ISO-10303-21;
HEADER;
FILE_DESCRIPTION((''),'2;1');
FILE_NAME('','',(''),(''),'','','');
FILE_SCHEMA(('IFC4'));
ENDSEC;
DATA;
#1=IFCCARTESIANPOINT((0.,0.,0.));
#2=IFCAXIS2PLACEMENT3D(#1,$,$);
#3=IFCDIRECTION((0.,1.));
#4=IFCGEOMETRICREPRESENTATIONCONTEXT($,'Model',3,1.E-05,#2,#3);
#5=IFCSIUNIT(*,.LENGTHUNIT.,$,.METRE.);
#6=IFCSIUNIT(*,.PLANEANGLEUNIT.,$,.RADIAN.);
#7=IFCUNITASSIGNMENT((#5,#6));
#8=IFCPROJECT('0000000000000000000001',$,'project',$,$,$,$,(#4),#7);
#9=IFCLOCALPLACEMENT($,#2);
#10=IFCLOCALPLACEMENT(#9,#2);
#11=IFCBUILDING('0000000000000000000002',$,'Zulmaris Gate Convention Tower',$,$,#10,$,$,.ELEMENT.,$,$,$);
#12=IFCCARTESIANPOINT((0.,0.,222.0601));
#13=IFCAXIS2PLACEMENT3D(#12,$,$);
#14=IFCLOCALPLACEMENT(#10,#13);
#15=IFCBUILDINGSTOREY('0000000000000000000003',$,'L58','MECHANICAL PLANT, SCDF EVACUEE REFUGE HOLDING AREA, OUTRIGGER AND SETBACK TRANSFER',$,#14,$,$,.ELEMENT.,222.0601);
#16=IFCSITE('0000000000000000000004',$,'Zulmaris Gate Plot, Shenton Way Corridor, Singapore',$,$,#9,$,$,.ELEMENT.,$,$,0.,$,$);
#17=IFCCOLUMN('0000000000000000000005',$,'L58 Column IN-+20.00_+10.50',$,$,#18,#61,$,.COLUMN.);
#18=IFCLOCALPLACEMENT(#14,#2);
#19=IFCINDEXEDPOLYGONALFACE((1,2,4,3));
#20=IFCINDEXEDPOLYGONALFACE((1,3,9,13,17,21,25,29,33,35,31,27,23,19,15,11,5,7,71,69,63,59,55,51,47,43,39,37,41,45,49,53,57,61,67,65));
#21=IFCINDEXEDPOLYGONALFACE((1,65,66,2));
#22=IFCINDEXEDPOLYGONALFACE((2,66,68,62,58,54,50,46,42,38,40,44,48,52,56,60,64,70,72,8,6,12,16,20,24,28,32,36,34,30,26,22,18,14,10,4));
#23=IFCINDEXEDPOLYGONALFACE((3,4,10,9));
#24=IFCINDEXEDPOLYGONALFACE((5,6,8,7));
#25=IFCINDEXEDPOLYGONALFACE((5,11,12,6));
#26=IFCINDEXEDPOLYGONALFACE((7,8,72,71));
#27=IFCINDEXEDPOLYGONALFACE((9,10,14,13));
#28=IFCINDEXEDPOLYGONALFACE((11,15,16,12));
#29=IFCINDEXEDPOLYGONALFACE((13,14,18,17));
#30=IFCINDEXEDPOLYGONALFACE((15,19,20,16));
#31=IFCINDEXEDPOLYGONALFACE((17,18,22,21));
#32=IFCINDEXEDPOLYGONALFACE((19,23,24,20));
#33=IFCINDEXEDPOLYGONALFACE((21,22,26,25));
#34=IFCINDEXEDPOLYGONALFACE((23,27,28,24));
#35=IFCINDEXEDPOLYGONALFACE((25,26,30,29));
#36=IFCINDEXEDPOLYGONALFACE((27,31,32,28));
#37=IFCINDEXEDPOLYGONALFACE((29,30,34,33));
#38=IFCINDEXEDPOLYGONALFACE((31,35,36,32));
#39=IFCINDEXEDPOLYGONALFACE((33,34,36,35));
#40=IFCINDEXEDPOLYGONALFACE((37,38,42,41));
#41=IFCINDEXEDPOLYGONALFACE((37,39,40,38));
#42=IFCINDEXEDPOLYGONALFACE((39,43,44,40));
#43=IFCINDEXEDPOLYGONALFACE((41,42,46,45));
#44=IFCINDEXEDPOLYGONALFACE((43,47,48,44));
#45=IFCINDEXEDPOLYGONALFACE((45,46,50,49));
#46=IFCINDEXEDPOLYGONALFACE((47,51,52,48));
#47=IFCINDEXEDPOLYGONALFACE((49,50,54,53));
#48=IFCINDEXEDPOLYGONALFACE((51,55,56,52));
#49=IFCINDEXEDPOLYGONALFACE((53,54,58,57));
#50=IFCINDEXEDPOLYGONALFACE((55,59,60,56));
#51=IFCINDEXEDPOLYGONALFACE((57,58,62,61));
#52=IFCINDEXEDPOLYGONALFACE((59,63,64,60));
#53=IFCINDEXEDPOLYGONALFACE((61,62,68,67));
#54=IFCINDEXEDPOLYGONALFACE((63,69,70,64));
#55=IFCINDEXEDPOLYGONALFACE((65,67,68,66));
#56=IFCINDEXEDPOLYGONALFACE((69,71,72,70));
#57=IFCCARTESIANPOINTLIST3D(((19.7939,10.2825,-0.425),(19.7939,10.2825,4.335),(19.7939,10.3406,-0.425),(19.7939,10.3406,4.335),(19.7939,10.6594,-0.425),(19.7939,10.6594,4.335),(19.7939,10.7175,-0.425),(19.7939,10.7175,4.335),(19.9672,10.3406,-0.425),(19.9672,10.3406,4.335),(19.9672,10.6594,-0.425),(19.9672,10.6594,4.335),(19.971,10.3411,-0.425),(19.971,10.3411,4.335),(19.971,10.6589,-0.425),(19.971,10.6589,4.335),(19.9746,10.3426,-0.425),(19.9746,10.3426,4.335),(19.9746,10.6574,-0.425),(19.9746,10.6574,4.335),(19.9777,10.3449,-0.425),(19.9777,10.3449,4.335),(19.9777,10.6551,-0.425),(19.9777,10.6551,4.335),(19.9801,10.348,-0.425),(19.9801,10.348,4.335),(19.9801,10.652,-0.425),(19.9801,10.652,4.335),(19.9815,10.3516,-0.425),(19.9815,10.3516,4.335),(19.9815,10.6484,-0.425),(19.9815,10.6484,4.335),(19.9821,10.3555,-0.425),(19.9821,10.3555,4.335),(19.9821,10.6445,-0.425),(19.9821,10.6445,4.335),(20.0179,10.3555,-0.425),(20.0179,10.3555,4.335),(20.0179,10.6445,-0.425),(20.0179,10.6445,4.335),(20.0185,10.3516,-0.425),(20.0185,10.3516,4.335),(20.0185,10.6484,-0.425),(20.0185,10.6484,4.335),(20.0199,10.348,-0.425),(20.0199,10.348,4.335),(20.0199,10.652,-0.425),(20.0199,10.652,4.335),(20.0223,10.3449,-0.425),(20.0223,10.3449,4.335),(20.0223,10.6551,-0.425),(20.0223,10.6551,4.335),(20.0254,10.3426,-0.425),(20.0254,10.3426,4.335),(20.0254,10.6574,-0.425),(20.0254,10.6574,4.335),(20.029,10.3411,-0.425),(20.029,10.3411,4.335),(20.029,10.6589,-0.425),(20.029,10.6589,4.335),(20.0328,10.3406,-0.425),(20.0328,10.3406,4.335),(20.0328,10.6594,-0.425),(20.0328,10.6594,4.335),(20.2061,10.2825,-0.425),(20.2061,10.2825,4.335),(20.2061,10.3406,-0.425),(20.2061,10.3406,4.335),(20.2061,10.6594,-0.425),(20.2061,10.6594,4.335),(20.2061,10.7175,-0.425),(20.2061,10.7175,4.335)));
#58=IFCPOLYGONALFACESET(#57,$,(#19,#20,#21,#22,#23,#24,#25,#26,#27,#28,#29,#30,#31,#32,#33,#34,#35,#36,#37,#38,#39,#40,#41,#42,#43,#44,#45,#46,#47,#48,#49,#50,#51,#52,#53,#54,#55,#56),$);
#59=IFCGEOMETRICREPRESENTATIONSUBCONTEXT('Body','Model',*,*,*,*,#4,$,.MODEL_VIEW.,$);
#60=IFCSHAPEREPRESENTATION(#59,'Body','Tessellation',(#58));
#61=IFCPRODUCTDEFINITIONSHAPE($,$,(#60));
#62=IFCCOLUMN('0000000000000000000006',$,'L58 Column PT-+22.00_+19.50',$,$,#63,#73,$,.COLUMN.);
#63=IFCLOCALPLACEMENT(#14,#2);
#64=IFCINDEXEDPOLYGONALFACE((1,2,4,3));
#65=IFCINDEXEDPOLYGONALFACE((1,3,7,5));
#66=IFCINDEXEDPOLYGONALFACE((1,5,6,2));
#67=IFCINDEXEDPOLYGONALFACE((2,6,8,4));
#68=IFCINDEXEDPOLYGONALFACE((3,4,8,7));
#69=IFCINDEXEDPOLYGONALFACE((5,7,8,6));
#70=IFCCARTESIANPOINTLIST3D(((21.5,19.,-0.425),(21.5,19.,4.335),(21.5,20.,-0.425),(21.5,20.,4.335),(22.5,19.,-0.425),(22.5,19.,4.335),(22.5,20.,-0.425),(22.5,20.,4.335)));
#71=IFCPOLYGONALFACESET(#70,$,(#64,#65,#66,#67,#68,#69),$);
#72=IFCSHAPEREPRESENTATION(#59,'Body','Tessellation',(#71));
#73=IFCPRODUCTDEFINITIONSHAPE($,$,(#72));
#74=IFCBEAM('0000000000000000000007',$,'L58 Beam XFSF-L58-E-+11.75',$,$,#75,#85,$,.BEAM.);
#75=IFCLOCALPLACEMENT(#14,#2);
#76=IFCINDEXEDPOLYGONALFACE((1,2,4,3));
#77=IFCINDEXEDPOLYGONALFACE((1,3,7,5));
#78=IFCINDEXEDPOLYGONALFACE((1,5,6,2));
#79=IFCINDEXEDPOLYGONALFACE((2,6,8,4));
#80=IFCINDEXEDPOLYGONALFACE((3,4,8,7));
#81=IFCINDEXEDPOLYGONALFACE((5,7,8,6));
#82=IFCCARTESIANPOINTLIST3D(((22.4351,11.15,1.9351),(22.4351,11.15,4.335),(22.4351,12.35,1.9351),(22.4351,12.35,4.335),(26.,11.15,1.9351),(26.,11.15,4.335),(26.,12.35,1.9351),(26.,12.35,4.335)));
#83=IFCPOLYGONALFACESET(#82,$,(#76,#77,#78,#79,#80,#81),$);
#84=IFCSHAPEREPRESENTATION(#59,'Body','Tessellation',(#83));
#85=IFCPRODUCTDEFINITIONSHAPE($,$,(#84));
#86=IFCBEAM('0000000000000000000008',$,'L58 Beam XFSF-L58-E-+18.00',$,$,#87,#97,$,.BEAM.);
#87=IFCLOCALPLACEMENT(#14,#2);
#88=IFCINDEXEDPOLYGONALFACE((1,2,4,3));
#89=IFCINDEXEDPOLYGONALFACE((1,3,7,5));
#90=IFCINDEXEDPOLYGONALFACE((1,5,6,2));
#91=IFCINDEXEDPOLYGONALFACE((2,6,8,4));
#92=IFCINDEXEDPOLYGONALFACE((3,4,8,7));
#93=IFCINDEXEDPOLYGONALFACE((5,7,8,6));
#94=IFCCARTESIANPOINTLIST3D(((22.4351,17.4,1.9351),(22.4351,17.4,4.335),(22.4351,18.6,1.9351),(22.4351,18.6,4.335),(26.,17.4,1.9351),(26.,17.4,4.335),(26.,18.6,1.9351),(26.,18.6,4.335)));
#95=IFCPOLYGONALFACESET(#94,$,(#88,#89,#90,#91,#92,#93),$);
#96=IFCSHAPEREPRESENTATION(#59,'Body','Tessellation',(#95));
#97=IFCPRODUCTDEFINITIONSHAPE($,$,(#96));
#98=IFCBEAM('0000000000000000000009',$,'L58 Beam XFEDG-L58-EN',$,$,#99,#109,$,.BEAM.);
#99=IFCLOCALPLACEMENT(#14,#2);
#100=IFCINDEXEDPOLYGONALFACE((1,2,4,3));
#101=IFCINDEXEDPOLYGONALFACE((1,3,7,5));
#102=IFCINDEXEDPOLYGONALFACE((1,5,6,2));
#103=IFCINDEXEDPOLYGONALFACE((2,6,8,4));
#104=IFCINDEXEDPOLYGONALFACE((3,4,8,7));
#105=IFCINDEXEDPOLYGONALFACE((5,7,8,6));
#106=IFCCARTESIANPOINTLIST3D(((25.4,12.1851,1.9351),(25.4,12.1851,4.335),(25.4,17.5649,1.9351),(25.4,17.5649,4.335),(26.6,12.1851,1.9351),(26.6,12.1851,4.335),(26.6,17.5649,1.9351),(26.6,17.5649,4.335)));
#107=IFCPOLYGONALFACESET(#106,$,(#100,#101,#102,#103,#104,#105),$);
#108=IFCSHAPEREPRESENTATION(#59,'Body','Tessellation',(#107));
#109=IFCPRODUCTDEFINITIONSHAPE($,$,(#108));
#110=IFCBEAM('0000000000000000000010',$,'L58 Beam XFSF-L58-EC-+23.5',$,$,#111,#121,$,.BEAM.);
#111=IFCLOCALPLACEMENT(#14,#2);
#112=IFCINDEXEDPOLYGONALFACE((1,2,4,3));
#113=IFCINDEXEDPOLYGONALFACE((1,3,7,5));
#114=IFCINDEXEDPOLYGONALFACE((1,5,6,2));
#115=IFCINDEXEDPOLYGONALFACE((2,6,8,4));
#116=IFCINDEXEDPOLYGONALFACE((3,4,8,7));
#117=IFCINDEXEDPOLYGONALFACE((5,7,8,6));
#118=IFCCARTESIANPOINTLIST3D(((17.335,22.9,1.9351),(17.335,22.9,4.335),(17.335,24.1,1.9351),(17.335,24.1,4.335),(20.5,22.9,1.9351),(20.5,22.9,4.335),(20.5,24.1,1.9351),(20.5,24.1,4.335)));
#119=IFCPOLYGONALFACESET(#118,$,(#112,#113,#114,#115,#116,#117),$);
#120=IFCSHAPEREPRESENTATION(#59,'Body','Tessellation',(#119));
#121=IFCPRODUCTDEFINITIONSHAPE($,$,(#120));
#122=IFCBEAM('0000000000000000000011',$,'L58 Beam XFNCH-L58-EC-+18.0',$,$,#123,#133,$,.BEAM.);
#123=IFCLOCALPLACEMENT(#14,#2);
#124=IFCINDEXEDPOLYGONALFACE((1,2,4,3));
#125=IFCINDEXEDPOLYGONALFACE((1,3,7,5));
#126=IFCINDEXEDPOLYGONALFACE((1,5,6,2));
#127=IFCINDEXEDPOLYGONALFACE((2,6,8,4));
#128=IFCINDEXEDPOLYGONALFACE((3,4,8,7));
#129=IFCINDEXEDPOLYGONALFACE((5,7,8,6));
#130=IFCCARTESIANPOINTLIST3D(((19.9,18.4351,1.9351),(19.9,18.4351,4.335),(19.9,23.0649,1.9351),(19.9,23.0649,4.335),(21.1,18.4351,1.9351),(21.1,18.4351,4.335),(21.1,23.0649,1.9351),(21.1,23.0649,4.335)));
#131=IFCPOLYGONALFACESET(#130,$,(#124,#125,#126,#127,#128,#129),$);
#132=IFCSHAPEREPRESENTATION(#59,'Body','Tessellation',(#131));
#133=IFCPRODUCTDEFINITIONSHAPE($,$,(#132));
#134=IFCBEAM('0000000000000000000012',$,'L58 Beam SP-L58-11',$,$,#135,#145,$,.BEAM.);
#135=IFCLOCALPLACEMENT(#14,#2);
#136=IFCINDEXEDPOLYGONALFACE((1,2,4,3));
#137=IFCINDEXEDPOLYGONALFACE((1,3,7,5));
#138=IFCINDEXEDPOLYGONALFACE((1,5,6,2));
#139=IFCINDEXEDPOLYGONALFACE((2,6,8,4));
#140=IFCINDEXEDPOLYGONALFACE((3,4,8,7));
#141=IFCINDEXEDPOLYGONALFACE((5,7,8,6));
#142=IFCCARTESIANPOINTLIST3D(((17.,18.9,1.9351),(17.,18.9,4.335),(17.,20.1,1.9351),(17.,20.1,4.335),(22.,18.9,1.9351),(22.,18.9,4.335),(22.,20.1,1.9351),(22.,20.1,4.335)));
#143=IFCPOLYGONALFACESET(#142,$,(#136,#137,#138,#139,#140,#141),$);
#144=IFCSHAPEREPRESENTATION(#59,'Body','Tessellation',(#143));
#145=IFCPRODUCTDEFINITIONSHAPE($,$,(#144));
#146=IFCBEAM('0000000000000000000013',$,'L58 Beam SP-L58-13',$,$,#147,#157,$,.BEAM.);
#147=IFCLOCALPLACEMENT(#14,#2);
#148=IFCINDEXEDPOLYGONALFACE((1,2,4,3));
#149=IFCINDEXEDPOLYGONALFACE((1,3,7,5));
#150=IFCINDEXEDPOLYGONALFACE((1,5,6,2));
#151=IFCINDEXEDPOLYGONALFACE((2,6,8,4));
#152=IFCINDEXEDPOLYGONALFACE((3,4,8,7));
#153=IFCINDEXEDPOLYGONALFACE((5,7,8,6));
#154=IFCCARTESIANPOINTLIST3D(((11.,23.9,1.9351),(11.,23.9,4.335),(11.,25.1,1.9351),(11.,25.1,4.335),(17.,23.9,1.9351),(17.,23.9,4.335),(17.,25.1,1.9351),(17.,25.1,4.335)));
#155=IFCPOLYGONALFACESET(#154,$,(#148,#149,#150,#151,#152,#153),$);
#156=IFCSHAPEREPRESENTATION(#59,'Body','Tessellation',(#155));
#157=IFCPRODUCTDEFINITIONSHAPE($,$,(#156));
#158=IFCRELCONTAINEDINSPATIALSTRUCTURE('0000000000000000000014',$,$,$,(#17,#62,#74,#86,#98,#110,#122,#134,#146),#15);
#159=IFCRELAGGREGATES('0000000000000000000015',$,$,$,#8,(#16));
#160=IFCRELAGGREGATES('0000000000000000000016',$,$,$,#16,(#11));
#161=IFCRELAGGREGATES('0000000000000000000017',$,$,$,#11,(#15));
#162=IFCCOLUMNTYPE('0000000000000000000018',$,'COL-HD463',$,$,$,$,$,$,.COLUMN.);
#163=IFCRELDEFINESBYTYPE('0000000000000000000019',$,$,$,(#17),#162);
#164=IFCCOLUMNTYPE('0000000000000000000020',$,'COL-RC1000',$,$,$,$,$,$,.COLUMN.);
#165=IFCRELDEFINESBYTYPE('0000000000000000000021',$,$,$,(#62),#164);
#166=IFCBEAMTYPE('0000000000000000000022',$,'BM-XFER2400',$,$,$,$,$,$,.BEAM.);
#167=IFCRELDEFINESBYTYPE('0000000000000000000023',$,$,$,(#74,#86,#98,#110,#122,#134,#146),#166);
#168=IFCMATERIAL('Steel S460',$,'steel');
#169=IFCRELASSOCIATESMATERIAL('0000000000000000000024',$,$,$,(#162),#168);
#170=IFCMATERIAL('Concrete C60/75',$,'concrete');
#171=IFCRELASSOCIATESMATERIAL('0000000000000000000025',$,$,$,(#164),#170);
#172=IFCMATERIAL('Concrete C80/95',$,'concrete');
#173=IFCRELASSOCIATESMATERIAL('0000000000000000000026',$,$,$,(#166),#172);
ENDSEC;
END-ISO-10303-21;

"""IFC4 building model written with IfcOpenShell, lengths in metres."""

from ifc_helpers import new_model, si_unit, direction, frame, origin, origin_2d, place, context, subcontext, project, spatial, rectangle, i_section, extrude, material, material_profile, profile_set, type_object, element, save


model = new_model("IFC4")

# Units and contexts
model_context = context("Model", 3, precision=1e-05, world=origin(), true_north=direction((0.0, 1.0)))
body_context = subcontext(model_context, "Body", "Model", "MODEL_VIEW")
ifc_project = project(units=[si_unit("LENGTHUNIT", "METRE"), si_unit("PLANEANGLEUNIT", "RADIAN")], contexts=[model_context])

# Site, building, storey
site_placement = place(None, origin())
site = spatial("IfcSite", under=ifc_project, at=site_placement, Name="Zulmaris Gate Plot, Shenton Way Corridor, Singapore", CompositionType="ELEMENT", RefElevation=0.0)
building_placement = place(site_placement, origin())
building = spatial("IfcBuilding", under=site, at=building_placement, Name="Zulmaris Gate Convention Tower", CompositionType="ELEMENT")
storey_placement = place(building_placement, frame((0.0, 0.0, 222.0601)))
storey = spatial("IfcBuildingStorey", under=building, at=storey_placement, Name="L58", Description="MECHANICAL PLANT, SCDF EVACUEE REFUGE HOLDING AREA, OUTRIGGER AND SETBACK TRANSFER", CompositionType="ELEMENT", Elevation=222.0601)

# Columns
ifc_material_1 = material(Name="Steel S460", Category="steel")
ifc_material_profile_1 = material_profile(ifc_material_1, i_section(OverallWidth=0.4121, OverallDepth=0.4351, WebThickness=0.0359, FlangeThickness=0.0581, FilletRadius=0.0149, at=origin_2d()), Name="HD 400x463")
ifc_profile_set_1 = profile_set([ifc_material_profile_1], Name="Steel S460")
column_type_1 = type_object("IfcColumnType", Name="COL-HD463", PredefinedType="COLUMN", material=ifc_profile_set_1)
column_1_placement = place(storey_placement, frame((20.0, 10.5, -0.425), z_axis=(0.0, 0.0, 1.0), x_axis=(1.0, 0.0, 0.0)))
element("IfcColumn", 1, at=column_1_placement, inside=storey, type_object=column_type_1, Name="L58 Column IN-+20.00_+10.50", PredefinedType="COLUMN", context=body_context, shape_type="SweptSolid", body=[
    extrude(i_section(OverallWidth=0.4121, OverallDepth=0.4351, WebThickness=0.0359, FlangeThickness=0.0581, FilletRadius=0.0149, at=origin_2d()), origin(), (0.0, 0.0, 1.0), 4.76),
])
ifc_material_2 = material(Name="Concrete C60/75", Category="concrete")
ifc_material_profile_2 = material_profile(ifc_material_2, rectangle(XDim=1.0, YDim=1.0, at=origin_2d()), Name="RC COL 1000x1000")
ifc_profile_set_2 = profile_set([ifc_material_profile_2], Name="Concrete C60/75")
column_type_2 = type_object("IfcColumnType", Name="COL-RC1000", PredefinedType="COLUMN", material=ifc_profile_set_2)
column_2_placement = place(storey_placement, frame((22.0, 19.5, -0.425), z_axis=(0.0, 0.0, 1.0), x_axis=(1.0, 0.0, 0.0)))
element("IfcColumn", 2, at=column_2_placement, inside=storey, type_object=column_type_2, Name="L58 Column PT-+22.00_+19.50", PredefinedType="COLUMN", context=body_context, shape_type="SweptSolid", body=[
    extrude(rectangle(XDim=1.0, YDim=1.0, at=origin_2d()), origin(), (0.0, 0.0, 1.0), 4.76),
])

# Beams
ifc_material_3 = material(Name="Concrete C80/95", Category="concrete")
ifc_material_profile_3 = material_profile(ifc_material_3, rectangle(XDim=1.2, YDim=2.3999, at=origin_2d()), Name="RC TRANSFER 1200x2400")
ifc_profile_set_3 = profile_set([ifc_material_profile_3], Name="Concrete C80/95")
beam_type = type_object("IfcBeamType", Name="BM-XFER2400", PredefinedType="BEAM", material=ifc_profile_set_3)
for number, where, z_axis, x_axis, name in (
    (3, (22.4351, 11.75, 3.135), (1.0, 0.0, 0.0), (0.0, 1.0, 0.0), "L58 Beam XFSF-L58-E-+11.75"),
    (4, (22.4351, 18.0, 3.135), (1.0, 0.0, 0.0), (0.0, 1.0, 0.0), "L58 Beam XFSF-L58-E-+18.00"),
):
    element("IfcBeam", number, at=place(storey_placement, frame(where, z_axis=z_axis, x_axis=x_axis)), inside=storey, type_object=beam_type, Name=name, PredefinedType="BEAM", context=body_context, shape_type="SweptSolid", body=[
        extrude(rectangle(XDim=1.2, YDim=2.3999, at=origin_2d()), origin(), (0.0, 0.0, 1.0), 3.5649),
    ])
beam_1_placement = place(storey_placement, frame((26.0, 12.1851, 3.135), z_axis=(0.0, 1.0, 0.0), x_axis=(-1.0, 0.0, 0.0)))
element("IfcBeam", 5, at=beam_1_placement, inside=storey, type_object=beam_type, Name="L58 Beam XFEDG-L58-EN", PredefinedType="BEAM", context=body_context, shape_type="SweptSolid", body=[
    extrude(rectangle(XDim=1.2, YDim=2.3999, at=origin_2d()), origin(), (0.0, 0.0, 1.0), 5.3799),
])
beam_2_placement = place(storey_placement, frame((17.335, 23.5, 3.135), z_axis=(1.0, 0.0, 0.0), x_axis=(0.0, 1.0, 0.0)))
element("IfcBeam", 6, at=beam_2_placement, inside=storey, type_object=beam_type, Name="L58 Beam XFSF-L58-EC-+23.5", PredefinedType="BEAM", context=body_context, shape_type="SweptSolid", body=[
    extrude(rectangle(XDim=1.2, YDim=2.3999, at=origin_2d()), origin(), (0.0, 0.0, 1.0), 3.165),
])
beam_3_placement = place(storey_placement, frame((20.5, 18.4351, 3.135), z_axis=(0.0, 1.0, 0.0), x_axis=(-1.0, 0.0, 0.0)))
element("IfcBeam", 7, at=beam_3_placement, inside=storey, type_object=beam_type, Name="L58 Beam XFNCH-L58-EC-+18.0", PredefinedType="BEAM", context=body_context, shape_type="SweptSolid", body=[
    extrude(rectangle(XDim=1.2, YDim=2.3999, at=origin_2d()), origin(), (0.0, 0.0, 1.0), 4.6299),
])
beam_4_placement = place(storey_placement, frame((22.0, 19.5, 3.135), z_axis=(-1.0, 0.0, 0.0), x_axis=(0.0, -1.0, 0.0)))
element("IfcBeam", 8, at=beam_4_placement, inside=storey, type_object=beam_type, Name="L58 Beam SP-L58-11", PredefinedType="BEAM", context=body_context, shape_type="SweptSolid", body=[
    extrude(rectangle(XDim=1.2, YDim=2.3999, at=origin_2d()), origin(), (0.0, 0.0, 1.0), 5.0),
])
beam_5_placement = place(storey_placement, frame((17.0, 24.5, 3.135), z_axis=(-1.0, 0.0, 0.0), x_axis=(0.0, -1.0, 0.0)))
element("IfcBeam", 9, at=beam_5_placement, inside=storey, type_object=beam_type, Name="L58 Beam SP-L58-13", PredefinedType="BEAM", context=body_context, shape_type="SweptSolid", body=[
    extrude(rectangle(XDim=1.2, YDim=2.3999, at=origin_2d()), origin(), (0.0, 0.0, 1.0), 6.0),
])

save(model, "model.ifc")
